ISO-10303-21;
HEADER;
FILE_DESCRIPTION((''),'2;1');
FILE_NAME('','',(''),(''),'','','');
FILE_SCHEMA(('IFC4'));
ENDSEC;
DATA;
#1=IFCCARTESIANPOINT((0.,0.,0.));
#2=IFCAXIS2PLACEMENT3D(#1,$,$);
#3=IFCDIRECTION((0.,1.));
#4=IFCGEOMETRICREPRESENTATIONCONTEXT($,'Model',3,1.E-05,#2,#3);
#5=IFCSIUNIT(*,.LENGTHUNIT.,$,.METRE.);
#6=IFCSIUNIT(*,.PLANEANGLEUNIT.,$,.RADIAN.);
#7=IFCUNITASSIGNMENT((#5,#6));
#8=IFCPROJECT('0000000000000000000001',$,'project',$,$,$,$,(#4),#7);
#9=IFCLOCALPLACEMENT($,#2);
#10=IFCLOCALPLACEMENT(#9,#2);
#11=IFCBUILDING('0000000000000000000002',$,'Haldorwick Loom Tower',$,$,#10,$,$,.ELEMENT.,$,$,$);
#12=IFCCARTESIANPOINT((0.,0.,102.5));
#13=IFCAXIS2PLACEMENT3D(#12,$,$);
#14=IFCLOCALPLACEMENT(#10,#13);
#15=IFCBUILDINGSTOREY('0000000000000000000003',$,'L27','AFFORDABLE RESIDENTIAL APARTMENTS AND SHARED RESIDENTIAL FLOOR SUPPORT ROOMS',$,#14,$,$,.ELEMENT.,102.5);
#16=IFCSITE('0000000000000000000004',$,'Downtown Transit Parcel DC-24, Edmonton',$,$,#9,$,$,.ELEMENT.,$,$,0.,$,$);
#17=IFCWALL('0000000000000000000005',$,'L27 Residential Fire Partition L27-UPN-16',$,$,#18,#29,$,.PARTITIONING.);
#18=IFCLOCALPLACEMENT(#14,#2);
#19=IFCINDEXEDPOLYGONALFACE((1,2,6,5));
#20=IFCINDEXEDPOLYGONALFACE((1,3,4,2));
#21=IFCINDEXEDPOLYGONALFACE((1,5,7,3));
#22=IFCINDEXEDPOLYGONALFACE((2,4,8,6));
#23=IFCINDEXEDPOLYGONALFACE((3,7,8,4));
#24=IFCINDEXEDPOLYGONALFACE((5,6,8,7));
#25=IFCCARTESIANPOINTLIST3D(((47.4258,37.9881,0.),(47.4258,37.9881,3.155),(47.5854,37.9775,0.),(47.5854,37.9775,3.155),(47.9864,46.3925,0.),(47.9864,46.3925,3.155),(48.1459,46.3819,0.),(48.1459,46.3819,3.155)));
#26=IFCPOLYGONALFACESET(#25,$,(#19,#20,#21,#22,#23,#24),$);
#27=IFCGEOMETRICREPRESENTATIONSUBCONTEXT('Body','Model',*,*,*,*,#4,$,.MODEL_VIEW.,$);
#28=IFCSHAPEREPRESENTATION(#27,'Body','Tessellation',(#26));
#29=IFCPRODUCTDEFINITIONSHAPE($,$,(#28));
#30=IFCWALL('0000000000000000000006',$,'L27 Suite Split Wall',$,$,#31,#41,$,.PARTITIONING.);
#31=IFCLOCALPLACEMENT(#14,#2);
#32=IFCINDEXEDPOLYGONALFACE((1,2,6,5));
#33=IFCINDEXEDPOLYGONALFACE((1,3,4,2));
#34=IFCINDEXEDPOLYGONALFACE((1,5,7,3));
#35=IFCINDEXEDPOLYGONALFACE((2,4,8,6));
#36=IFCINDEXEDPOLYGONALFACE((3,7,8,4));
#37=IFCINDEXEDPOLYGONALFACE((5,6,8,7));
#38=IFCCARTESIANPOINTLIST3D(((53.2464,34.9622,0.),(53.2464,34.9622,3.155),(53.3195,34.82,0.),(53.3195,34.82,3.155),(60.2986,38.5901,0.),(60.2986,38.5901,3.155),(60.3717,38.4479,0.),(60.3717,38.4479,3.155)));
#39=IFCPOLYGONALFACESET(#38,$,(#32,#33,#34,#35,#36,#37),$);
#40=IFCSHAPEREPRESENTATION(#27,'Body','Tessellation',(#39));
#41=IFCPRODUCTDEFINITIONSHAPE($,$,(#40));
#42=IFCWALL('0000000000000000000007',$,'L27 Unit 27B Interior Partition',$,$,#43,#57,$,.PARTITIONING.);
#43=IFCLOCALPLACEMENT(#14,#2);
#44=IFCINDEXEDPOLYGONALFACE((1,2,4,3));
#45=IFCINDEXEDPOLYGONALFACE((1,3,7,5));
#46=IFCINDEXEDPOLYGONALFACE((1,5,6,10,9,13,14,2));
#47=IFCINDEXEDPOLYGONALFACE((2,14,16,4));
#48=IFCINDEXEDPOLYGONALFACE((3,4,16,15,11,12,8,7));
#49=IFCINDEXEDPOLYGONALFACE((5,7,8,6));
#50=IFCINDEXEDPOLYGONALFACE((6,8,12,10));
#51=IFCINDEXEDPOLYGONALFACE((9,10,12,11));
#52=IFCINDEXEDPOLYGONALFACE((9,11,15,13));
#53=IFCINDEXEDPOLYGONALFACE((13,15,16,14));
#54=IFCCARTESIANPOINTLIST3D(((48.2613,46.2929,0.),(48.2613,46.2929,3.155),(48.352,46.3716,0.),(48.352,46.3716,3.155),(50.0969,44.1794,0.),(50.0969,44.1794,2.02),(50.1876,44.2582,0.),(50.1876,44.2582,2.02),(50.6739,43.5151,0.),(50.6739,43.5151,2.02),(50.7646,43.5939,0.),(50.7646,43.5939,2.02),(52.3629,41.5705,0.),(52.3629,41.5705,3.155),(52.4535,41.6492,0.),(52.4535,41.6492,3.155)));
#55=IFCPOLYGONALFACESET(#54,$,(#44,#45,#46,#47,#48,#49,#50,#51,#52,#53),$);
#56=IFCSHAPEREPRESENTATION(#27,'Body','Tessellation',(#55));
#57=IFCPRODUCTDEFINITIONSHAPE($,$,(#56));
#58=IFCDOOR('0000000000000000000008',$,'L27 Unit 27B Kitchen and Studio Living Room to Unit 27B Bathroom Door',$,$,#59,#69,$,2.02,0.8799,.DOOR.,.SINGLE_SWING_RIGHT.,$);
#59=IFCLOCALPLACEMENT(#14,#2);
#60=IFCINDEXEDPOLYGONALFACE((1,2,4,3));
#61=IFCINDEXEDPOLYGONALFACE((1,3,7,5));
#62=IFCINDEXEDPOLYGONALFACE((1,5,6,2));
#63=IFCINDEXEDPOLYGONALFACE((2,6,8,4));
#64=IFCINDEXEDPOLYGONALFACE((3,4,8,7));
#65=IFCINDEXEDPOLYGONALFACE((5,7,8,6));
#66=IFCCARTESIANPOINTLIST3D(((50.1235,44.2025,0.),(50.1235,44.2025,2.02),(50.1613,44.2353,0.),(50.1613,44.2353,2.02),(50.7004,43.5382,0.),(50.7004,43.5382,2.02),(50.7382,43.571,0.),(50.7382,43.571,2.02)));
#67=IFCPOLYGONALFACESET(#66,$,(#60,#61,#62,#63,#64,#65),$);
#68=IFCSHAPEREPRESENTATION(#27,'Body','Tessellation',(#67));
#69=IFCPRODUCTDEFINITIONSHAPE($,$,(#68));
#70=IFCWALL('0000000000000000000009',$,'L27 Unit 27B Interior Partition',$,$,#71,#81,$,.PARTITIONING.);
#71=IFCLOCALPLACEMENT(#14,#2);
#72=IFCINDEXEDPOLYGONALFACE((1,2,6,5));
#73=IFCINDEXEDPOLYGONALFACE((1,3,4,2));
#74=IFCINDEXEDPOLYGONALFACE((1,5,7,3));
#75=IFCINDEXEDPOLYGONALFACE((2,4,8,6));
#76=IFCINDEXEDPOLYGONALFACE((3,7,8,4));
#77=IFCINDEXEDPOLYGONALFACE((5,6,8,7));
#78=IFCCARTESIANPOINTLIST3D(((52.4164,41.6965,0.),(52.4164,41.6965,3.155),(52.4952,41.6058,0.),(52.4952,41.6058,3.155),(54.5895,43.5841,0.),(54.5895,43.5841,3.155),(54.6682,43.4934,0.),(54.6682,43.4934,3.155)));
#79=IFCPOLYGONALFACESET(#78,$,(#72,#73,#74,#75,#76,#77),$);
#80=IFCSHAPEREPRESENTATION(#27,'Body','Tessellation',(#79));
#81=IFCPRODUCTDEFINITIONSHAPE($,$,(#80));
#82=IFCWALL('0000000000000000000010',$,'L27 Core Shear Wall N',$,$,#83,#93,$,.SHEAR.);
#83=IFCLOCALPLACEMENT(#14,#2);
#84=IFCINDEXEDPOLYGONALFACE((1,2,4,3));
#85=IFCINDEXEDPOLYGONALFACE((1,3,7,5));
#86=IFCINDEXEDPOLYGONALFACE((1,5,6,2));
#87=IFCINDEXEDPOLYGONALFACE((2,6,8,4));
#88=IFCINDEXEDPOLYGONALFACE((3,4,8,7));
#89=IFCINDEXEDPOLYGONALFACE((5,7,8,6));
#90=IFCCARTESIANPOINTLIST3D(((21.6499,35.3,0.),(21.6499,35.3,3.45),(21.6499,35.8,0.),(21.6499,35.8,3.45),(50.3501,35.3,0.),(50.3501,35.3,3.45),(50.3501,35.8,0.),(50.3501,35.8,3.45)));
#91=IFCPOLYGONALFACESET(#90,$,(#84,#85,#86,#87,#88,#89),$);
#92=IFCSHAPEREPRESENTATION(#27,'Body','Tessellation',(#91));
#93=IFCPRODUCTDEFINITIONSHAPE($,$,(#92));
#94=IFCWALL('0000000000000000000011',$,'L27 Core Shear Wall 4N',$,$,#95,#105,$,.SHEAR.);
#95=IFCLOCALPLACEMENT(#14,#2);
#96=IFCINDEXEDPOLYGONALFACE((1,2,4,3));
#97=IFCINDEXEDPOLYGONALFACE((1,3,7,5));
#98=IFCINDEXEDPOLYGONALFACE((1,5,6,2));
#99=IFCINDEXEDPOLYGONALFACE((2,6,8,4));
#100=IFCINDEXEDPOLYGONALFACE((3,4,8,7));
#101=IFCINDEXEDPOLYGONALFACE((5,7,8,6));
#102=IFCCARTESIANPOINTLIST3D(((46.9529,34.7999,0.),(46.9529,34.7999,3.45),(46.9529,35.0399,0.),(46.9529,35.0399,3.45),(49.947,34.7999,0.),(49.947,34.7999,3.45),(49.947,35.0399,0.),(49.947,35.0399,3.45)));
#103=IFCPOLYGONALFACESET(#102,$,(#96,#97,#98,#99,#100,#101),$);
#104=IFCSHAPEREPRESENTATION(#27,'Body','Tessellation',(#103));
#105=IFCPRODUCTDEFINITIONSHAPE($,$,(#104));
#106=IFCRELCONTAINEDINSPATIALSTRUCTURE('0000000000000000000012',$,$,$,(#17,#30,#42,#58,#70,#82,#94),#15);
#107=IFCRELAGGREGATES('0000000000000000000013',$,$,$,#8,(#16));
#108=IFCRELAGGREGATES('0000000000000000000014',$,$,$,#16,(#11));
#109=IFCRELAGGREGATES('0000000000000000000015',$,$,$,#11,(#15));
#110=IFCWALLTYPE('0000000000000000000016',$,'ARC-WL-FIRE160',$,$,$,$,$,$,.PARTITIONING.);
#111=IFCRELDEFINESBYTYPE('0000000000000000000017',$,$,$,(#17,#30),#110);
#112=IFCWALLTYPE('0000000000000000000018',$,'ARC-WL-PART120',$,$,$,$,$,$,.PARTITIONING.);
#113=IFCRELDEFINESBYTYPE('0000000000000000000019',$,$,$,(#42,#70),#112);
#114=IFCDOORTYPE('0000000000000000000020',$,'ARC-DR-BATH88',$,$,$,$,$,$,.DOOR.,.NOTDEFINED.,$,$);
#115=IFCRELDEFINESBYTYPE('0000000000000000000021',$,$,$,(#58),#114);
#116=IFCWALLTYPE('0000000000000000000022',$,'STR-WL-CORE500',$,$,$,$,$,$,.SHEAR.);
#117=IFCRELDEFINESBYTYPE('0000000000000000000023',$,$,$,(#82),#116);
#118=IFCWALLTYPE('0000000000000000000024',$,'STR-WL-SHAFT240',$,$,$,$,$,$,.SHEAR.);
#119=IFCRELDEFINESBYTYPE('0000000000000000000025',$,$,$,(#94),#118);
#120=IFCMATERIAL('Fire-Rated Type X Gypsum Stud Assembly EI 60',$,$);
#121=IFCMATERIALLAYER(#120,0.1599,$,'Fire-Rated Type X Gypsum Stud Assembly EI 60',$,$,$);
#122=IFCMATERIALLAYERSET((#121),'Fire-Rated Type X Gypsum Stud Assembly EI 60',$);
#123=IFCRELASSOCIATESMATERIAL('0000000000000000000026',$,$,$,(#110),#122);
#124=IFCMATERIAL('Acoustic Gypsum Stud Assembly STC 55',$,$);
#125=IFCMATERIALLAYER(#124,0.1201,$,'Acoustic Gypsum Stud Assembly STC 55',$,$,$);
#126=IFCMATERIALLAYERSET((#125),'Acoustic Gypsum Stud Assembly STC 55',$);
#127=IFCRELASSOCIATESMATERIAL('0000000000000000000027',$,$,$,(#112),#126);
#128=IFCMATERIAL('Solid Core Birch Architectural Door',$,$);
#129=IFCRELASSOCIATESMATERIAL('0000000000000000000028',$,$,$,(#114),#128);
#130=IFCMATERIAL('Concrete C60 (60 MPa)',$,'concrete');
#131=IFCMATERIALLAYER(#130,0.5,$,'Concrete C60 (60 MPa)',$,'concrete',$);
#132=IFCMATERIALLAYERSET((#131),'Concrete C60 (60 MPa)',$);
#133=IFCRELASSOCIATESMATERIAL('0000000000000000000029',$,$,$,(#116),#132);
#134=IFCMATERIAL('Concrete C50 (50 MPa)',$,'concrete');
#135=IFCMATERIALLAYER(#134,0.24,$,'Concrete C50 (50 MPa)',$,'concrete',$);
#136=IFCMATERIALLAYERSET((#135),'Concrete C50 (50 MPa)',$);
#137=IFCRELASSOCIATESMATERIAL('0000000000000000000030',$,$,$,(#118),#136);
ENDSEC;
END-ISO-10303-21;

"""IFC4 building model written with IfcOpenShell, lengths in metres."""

from ifc_helpers import new_model, si_unit, direction, frame, frame_2d, origin, place, context, subcontext, project, spatial, rectangle, extrude, material, layer, layer_set, type_object, element, fill, save


model = new_model("IFC4")

# Units and contexts
model_context = context("Model", 3, precision=1e-05, world=origin(), true_north=direction((0.0, 1.0)))
body_context = subcontext(model_context, "Body", "Model", "MODEL_VIEW")
ifc_project = project(units=[si_unit("LENGTHUNIT", "METRE"), si_unit("PLANEANGLEUNIT", "RADIAN")], contexts=[model_context])

# Site, building, storey
site_placement = place(None, origin())
site = spatial("IfcSite", under=ifc_project, at=site_placement, Name="Downtown Transit Parcel DC-24, Edmonton", CompositionType="ELEMENT", RefElevation=0.0)
building_placement = place(site_placement, origin())
building = spatial("IfcBuilding", under=site, at=building_placement, Name="Haldorwick Loom Tower", CompositionType="ELEMENT")
storey_placement = place(building_placement, frame((0.0, 0.0, 102.5)))
storey = spatial("IfcBuildingStorey", under=building, at=storey_placement, Name="L27", Description="AFFORDABLE RESIDENTIAL APARTMENTS AND SHARED RESIDENTIAL FLOOR SUPPORT ROOMS", CompositionType="ELEMENT", Elevation=102.5)

# Shared definitions
ifc_material_1 = material(Name="Concrete C60 (60 MPa)", Category="concrete")

# Shared definitions
ifc_material_2 = material(Name="Fire-Rated Type X Gypsum Stud Assembly EI 60")
ifc_layer_1 = layer(ifc_material_2, 0.1599, Name="Fire-Rated Type X Gypsum Stud Assembly EI 60")
ifc_layer_set_1 = layer_set([ifc_layer_1], Name="Fire-Rated Type X Gypsum Stud Assembly EI 60")
wall_type_1 = type_object("IfcWallType", Name="ARC-WL-FIRE160", PredefinedType="PARTITIONING", material=ifc_layer_set_1)

# Walls
wall_1_placement = place(storey_placement, frame((47.5056, 37.9829, 0.0), z_axis=(0.0, 0.0, 1.0), x_axis=(0.066548, 0.997783, 0.0)))
element("IfcWall", 1, at=wall_1_placement, inside=storey, type_object=wall_type_1, Name="L27 Residential Fire Partition L27-UPN-16", PredefinedType="PARTITIONING", context=body_context, shape_type="SweptSolid", body=[
    extrude(rectangle(XDim=8.4231, YDim=0.1599, at=frame_2d((4.2114, 0.0))), origin(), (0.0, 0.0, 1.0), 3.155),
])
wall_2_placement = place(storey_placement, frame((53.283, 34.8911, 0.0), z_axis=(0.0, 0.0, 1.0), x_axis=(0.889233, 0.457454, 0.0)))
element("IfcWall", 2, at=wall_2_placement, inside=storey, type_object=wall_type_1, Name="L27 Suite Split Wall", PredefinedType="PARTITIONING", context=body_context, shape_type="SweptSolid", body=[
    extrude(rectangle(XDim=7.9307, YDim=0.1599, at=frame_2d((3.9653, 0.0))), origin(), (0.0, 0.0, 1.0), 3.155),
])

# Wall, opening, door
ifc_material_3 = material(Name="Acoustic Gypsum Stud Assembly STC 55")
ifc_layer_2 = layer(ifc_material_3, 0.1201, Name="Acoustic Gypsum Stud Assembly STC 55")
ifc_layer_set_2 = layer_set([ifc_layer_2], Name="Acoustic Gypsum Stud Assembly STC 55")
wall_type_2 = type_object("IfcWallType", Name="ARC-WL-PART120", PredefinedType="PARTITIONING", material=ifc_layer_set_2)
wall_3_placement = place(storey_placement, frame((52.4082, 41.6099, 0.0), z_axis=(0.0, 0.0, 1.0), x_axis=(-0.655734, 0.754992, 0.0)))
wall_3 = element("IfcWall", 3, at=wall_3_placement, inside=storey, type_object=wall_type_2, Name="L27 Unit 27B Interior Partition", PredefinedType="PARTITIONING", context=body_context, shape_type="SweptSolid", body=[
    extrude(rectangle(XDim=6.2549, YDim=0.1201, at=frame_2d((3.1274, 0.0))), origin(), (0.0, 0.0, 1.0), 3.155),
])
opening_1_placement = place(wall_3_placement, frame((2.5757, 0.0, 0.0)))
opening_1 = element("IfcOpeningElement", 4, at=opening_1_placement, cuts=wall_3, PredefinedType="OPENING", context=body_context, shape_type="SweptSolid", body=[
    extrude(rectangle(XDim=0.8799, YDim=2.02, at=frame_2d((0.4399, 1.01))), frame((0.0, 0.0701, 0.0), z_axis=(0.0, -1.0, 0.0), x_axis=(1.0, 0.0, 0.0)), (0.0, 0.0, 1.0), 0.1401),
])
ifc_material_4 = material(Name="Solid Core Birch Architectural Door")
door_type_1 = type_object("IfcDoorType", Name="ARC-DR-BATH88", OperationType="NOTDEFINED", PredefinedType="DOOR", material=ifc_material_4)
door_1_placement = place(opening_1_placement, origin())
door_1 = element("IfcDoor", 5, at=door_1_placement, inside=storey, type_object=door_type_1, Name="L27 Unit 27B Kitchen and Studio Living Room to Unit 27B Bathroom Door", OperationType="SINGLE_SWING_RIGHT", OverallHeight=2.02, OverallWidth=0.8799, PredefinedType="DOOR", context=body_context, shape_type="SweptSolid", body=[
    extrude(rectangle(XDim=0.8799, YDim=2.02, at=frame_2d((0.4399, 1.01))), frame((0.0, 0.0249, 0.0), z_axis=(0.0, -1.0, 0.0), x_axis=(1.0, 0.0, 0.0)), (0.0, 0.0, 1.0), 0.05),
])
fill(opening_1, door_1)

# Walls
wall_4_placement = place(storey_placement, frame((52.4558, 41.6511, 0.0), z_axis=(0.0, 0.0, 1.0), x_axis=(0.754941, 0.655792, 0.0)))
element("IfcWall", 6, at=wall_4_placement, inside=storey, type_object=wall_type_2, Name="L27 Unit 27B Interior Partition", PredefinedType="PARTITIONING", context=body_context, shape_type="SweptSolid", body=[
    extrude(rectangle(XDim=2.8784, YDim=0.1201, at=frame_2d((1.4392, 0.0))), origin(), (0.0, 0.0, 1.0), 3.155),
])
ifc_layer_3 = layer(ifc_material_1, 0.5, Name="Concrete C60 (60 MPa)", Category="concrete")
ifc_layer_set_3 = layer_set([ifc_layer_3], Name="Concrete C60 (60 MPa)")
wall_type_3 = type_object("IfcWallType", Name="STR-WL-CORE500", PredefinedType="SHEAR", material=ifc_layer_set_3)
wall_5_placement = place(storey_placement, frame((50.3501, 35.55, 0.0), z_axis=(0.0, 0.0, 1.0), x_axis=(-1.0, 0.0, 0.0)))
element("IfcWall", 7, at=wall_5_placement, inside=storey, type_object=wall_type_3, Name="L27 Core Shear Wall N", PredefinedType="SHEAR", context=body_context, shape_type="SweptSolid", body=[
    extrude(rectangle(XDim=28.7002, YDim=0.5, at=frame_2d((14.3501, 0.0))), origin(), (0.0, 0.0, 1.0), 3.45),
])
ifc_material_5 = material(Name="Concrete C50 (50 MPa)", Category="concrete")
ifc_layer_4 = layer(ifc_material_5, 0.24, Name="Concrete C50 (50 MPa)", Category="concrete")
ifc_layer_set_4 = layer_set([ifc_layer_4], Name="Concrete C50 (50 MPa)")
wall_type_4 = type_object("IfcWallType", Name="STR-WL-SHAFT240", PredefinedType="SHEAR", material=ifc_layer_set_4)
wall_6_placement = place(storey_placement, frame((46.9529, 34.9199, 0.0), z_axis=(0.0, 0.0, 1.0), x_axis=(1.0, 0.0, 0.0)))
element("IfcWall", 8, at=wall_6_placement, inside=storey, type_object=wall_type_4, Name="L27 Core Shear Wall 4N", PredefinedType="SHEAR", context=body_context, shape_type="SweptSolid", body=[
    extrude(rectangle(XDim=2.9941, YDim=0.24, at=frame_2d((1.4971, 0.0))), origin(), (0.0, 0.0, 1.0), 3.45),
])

save(model, "model.ifc")
